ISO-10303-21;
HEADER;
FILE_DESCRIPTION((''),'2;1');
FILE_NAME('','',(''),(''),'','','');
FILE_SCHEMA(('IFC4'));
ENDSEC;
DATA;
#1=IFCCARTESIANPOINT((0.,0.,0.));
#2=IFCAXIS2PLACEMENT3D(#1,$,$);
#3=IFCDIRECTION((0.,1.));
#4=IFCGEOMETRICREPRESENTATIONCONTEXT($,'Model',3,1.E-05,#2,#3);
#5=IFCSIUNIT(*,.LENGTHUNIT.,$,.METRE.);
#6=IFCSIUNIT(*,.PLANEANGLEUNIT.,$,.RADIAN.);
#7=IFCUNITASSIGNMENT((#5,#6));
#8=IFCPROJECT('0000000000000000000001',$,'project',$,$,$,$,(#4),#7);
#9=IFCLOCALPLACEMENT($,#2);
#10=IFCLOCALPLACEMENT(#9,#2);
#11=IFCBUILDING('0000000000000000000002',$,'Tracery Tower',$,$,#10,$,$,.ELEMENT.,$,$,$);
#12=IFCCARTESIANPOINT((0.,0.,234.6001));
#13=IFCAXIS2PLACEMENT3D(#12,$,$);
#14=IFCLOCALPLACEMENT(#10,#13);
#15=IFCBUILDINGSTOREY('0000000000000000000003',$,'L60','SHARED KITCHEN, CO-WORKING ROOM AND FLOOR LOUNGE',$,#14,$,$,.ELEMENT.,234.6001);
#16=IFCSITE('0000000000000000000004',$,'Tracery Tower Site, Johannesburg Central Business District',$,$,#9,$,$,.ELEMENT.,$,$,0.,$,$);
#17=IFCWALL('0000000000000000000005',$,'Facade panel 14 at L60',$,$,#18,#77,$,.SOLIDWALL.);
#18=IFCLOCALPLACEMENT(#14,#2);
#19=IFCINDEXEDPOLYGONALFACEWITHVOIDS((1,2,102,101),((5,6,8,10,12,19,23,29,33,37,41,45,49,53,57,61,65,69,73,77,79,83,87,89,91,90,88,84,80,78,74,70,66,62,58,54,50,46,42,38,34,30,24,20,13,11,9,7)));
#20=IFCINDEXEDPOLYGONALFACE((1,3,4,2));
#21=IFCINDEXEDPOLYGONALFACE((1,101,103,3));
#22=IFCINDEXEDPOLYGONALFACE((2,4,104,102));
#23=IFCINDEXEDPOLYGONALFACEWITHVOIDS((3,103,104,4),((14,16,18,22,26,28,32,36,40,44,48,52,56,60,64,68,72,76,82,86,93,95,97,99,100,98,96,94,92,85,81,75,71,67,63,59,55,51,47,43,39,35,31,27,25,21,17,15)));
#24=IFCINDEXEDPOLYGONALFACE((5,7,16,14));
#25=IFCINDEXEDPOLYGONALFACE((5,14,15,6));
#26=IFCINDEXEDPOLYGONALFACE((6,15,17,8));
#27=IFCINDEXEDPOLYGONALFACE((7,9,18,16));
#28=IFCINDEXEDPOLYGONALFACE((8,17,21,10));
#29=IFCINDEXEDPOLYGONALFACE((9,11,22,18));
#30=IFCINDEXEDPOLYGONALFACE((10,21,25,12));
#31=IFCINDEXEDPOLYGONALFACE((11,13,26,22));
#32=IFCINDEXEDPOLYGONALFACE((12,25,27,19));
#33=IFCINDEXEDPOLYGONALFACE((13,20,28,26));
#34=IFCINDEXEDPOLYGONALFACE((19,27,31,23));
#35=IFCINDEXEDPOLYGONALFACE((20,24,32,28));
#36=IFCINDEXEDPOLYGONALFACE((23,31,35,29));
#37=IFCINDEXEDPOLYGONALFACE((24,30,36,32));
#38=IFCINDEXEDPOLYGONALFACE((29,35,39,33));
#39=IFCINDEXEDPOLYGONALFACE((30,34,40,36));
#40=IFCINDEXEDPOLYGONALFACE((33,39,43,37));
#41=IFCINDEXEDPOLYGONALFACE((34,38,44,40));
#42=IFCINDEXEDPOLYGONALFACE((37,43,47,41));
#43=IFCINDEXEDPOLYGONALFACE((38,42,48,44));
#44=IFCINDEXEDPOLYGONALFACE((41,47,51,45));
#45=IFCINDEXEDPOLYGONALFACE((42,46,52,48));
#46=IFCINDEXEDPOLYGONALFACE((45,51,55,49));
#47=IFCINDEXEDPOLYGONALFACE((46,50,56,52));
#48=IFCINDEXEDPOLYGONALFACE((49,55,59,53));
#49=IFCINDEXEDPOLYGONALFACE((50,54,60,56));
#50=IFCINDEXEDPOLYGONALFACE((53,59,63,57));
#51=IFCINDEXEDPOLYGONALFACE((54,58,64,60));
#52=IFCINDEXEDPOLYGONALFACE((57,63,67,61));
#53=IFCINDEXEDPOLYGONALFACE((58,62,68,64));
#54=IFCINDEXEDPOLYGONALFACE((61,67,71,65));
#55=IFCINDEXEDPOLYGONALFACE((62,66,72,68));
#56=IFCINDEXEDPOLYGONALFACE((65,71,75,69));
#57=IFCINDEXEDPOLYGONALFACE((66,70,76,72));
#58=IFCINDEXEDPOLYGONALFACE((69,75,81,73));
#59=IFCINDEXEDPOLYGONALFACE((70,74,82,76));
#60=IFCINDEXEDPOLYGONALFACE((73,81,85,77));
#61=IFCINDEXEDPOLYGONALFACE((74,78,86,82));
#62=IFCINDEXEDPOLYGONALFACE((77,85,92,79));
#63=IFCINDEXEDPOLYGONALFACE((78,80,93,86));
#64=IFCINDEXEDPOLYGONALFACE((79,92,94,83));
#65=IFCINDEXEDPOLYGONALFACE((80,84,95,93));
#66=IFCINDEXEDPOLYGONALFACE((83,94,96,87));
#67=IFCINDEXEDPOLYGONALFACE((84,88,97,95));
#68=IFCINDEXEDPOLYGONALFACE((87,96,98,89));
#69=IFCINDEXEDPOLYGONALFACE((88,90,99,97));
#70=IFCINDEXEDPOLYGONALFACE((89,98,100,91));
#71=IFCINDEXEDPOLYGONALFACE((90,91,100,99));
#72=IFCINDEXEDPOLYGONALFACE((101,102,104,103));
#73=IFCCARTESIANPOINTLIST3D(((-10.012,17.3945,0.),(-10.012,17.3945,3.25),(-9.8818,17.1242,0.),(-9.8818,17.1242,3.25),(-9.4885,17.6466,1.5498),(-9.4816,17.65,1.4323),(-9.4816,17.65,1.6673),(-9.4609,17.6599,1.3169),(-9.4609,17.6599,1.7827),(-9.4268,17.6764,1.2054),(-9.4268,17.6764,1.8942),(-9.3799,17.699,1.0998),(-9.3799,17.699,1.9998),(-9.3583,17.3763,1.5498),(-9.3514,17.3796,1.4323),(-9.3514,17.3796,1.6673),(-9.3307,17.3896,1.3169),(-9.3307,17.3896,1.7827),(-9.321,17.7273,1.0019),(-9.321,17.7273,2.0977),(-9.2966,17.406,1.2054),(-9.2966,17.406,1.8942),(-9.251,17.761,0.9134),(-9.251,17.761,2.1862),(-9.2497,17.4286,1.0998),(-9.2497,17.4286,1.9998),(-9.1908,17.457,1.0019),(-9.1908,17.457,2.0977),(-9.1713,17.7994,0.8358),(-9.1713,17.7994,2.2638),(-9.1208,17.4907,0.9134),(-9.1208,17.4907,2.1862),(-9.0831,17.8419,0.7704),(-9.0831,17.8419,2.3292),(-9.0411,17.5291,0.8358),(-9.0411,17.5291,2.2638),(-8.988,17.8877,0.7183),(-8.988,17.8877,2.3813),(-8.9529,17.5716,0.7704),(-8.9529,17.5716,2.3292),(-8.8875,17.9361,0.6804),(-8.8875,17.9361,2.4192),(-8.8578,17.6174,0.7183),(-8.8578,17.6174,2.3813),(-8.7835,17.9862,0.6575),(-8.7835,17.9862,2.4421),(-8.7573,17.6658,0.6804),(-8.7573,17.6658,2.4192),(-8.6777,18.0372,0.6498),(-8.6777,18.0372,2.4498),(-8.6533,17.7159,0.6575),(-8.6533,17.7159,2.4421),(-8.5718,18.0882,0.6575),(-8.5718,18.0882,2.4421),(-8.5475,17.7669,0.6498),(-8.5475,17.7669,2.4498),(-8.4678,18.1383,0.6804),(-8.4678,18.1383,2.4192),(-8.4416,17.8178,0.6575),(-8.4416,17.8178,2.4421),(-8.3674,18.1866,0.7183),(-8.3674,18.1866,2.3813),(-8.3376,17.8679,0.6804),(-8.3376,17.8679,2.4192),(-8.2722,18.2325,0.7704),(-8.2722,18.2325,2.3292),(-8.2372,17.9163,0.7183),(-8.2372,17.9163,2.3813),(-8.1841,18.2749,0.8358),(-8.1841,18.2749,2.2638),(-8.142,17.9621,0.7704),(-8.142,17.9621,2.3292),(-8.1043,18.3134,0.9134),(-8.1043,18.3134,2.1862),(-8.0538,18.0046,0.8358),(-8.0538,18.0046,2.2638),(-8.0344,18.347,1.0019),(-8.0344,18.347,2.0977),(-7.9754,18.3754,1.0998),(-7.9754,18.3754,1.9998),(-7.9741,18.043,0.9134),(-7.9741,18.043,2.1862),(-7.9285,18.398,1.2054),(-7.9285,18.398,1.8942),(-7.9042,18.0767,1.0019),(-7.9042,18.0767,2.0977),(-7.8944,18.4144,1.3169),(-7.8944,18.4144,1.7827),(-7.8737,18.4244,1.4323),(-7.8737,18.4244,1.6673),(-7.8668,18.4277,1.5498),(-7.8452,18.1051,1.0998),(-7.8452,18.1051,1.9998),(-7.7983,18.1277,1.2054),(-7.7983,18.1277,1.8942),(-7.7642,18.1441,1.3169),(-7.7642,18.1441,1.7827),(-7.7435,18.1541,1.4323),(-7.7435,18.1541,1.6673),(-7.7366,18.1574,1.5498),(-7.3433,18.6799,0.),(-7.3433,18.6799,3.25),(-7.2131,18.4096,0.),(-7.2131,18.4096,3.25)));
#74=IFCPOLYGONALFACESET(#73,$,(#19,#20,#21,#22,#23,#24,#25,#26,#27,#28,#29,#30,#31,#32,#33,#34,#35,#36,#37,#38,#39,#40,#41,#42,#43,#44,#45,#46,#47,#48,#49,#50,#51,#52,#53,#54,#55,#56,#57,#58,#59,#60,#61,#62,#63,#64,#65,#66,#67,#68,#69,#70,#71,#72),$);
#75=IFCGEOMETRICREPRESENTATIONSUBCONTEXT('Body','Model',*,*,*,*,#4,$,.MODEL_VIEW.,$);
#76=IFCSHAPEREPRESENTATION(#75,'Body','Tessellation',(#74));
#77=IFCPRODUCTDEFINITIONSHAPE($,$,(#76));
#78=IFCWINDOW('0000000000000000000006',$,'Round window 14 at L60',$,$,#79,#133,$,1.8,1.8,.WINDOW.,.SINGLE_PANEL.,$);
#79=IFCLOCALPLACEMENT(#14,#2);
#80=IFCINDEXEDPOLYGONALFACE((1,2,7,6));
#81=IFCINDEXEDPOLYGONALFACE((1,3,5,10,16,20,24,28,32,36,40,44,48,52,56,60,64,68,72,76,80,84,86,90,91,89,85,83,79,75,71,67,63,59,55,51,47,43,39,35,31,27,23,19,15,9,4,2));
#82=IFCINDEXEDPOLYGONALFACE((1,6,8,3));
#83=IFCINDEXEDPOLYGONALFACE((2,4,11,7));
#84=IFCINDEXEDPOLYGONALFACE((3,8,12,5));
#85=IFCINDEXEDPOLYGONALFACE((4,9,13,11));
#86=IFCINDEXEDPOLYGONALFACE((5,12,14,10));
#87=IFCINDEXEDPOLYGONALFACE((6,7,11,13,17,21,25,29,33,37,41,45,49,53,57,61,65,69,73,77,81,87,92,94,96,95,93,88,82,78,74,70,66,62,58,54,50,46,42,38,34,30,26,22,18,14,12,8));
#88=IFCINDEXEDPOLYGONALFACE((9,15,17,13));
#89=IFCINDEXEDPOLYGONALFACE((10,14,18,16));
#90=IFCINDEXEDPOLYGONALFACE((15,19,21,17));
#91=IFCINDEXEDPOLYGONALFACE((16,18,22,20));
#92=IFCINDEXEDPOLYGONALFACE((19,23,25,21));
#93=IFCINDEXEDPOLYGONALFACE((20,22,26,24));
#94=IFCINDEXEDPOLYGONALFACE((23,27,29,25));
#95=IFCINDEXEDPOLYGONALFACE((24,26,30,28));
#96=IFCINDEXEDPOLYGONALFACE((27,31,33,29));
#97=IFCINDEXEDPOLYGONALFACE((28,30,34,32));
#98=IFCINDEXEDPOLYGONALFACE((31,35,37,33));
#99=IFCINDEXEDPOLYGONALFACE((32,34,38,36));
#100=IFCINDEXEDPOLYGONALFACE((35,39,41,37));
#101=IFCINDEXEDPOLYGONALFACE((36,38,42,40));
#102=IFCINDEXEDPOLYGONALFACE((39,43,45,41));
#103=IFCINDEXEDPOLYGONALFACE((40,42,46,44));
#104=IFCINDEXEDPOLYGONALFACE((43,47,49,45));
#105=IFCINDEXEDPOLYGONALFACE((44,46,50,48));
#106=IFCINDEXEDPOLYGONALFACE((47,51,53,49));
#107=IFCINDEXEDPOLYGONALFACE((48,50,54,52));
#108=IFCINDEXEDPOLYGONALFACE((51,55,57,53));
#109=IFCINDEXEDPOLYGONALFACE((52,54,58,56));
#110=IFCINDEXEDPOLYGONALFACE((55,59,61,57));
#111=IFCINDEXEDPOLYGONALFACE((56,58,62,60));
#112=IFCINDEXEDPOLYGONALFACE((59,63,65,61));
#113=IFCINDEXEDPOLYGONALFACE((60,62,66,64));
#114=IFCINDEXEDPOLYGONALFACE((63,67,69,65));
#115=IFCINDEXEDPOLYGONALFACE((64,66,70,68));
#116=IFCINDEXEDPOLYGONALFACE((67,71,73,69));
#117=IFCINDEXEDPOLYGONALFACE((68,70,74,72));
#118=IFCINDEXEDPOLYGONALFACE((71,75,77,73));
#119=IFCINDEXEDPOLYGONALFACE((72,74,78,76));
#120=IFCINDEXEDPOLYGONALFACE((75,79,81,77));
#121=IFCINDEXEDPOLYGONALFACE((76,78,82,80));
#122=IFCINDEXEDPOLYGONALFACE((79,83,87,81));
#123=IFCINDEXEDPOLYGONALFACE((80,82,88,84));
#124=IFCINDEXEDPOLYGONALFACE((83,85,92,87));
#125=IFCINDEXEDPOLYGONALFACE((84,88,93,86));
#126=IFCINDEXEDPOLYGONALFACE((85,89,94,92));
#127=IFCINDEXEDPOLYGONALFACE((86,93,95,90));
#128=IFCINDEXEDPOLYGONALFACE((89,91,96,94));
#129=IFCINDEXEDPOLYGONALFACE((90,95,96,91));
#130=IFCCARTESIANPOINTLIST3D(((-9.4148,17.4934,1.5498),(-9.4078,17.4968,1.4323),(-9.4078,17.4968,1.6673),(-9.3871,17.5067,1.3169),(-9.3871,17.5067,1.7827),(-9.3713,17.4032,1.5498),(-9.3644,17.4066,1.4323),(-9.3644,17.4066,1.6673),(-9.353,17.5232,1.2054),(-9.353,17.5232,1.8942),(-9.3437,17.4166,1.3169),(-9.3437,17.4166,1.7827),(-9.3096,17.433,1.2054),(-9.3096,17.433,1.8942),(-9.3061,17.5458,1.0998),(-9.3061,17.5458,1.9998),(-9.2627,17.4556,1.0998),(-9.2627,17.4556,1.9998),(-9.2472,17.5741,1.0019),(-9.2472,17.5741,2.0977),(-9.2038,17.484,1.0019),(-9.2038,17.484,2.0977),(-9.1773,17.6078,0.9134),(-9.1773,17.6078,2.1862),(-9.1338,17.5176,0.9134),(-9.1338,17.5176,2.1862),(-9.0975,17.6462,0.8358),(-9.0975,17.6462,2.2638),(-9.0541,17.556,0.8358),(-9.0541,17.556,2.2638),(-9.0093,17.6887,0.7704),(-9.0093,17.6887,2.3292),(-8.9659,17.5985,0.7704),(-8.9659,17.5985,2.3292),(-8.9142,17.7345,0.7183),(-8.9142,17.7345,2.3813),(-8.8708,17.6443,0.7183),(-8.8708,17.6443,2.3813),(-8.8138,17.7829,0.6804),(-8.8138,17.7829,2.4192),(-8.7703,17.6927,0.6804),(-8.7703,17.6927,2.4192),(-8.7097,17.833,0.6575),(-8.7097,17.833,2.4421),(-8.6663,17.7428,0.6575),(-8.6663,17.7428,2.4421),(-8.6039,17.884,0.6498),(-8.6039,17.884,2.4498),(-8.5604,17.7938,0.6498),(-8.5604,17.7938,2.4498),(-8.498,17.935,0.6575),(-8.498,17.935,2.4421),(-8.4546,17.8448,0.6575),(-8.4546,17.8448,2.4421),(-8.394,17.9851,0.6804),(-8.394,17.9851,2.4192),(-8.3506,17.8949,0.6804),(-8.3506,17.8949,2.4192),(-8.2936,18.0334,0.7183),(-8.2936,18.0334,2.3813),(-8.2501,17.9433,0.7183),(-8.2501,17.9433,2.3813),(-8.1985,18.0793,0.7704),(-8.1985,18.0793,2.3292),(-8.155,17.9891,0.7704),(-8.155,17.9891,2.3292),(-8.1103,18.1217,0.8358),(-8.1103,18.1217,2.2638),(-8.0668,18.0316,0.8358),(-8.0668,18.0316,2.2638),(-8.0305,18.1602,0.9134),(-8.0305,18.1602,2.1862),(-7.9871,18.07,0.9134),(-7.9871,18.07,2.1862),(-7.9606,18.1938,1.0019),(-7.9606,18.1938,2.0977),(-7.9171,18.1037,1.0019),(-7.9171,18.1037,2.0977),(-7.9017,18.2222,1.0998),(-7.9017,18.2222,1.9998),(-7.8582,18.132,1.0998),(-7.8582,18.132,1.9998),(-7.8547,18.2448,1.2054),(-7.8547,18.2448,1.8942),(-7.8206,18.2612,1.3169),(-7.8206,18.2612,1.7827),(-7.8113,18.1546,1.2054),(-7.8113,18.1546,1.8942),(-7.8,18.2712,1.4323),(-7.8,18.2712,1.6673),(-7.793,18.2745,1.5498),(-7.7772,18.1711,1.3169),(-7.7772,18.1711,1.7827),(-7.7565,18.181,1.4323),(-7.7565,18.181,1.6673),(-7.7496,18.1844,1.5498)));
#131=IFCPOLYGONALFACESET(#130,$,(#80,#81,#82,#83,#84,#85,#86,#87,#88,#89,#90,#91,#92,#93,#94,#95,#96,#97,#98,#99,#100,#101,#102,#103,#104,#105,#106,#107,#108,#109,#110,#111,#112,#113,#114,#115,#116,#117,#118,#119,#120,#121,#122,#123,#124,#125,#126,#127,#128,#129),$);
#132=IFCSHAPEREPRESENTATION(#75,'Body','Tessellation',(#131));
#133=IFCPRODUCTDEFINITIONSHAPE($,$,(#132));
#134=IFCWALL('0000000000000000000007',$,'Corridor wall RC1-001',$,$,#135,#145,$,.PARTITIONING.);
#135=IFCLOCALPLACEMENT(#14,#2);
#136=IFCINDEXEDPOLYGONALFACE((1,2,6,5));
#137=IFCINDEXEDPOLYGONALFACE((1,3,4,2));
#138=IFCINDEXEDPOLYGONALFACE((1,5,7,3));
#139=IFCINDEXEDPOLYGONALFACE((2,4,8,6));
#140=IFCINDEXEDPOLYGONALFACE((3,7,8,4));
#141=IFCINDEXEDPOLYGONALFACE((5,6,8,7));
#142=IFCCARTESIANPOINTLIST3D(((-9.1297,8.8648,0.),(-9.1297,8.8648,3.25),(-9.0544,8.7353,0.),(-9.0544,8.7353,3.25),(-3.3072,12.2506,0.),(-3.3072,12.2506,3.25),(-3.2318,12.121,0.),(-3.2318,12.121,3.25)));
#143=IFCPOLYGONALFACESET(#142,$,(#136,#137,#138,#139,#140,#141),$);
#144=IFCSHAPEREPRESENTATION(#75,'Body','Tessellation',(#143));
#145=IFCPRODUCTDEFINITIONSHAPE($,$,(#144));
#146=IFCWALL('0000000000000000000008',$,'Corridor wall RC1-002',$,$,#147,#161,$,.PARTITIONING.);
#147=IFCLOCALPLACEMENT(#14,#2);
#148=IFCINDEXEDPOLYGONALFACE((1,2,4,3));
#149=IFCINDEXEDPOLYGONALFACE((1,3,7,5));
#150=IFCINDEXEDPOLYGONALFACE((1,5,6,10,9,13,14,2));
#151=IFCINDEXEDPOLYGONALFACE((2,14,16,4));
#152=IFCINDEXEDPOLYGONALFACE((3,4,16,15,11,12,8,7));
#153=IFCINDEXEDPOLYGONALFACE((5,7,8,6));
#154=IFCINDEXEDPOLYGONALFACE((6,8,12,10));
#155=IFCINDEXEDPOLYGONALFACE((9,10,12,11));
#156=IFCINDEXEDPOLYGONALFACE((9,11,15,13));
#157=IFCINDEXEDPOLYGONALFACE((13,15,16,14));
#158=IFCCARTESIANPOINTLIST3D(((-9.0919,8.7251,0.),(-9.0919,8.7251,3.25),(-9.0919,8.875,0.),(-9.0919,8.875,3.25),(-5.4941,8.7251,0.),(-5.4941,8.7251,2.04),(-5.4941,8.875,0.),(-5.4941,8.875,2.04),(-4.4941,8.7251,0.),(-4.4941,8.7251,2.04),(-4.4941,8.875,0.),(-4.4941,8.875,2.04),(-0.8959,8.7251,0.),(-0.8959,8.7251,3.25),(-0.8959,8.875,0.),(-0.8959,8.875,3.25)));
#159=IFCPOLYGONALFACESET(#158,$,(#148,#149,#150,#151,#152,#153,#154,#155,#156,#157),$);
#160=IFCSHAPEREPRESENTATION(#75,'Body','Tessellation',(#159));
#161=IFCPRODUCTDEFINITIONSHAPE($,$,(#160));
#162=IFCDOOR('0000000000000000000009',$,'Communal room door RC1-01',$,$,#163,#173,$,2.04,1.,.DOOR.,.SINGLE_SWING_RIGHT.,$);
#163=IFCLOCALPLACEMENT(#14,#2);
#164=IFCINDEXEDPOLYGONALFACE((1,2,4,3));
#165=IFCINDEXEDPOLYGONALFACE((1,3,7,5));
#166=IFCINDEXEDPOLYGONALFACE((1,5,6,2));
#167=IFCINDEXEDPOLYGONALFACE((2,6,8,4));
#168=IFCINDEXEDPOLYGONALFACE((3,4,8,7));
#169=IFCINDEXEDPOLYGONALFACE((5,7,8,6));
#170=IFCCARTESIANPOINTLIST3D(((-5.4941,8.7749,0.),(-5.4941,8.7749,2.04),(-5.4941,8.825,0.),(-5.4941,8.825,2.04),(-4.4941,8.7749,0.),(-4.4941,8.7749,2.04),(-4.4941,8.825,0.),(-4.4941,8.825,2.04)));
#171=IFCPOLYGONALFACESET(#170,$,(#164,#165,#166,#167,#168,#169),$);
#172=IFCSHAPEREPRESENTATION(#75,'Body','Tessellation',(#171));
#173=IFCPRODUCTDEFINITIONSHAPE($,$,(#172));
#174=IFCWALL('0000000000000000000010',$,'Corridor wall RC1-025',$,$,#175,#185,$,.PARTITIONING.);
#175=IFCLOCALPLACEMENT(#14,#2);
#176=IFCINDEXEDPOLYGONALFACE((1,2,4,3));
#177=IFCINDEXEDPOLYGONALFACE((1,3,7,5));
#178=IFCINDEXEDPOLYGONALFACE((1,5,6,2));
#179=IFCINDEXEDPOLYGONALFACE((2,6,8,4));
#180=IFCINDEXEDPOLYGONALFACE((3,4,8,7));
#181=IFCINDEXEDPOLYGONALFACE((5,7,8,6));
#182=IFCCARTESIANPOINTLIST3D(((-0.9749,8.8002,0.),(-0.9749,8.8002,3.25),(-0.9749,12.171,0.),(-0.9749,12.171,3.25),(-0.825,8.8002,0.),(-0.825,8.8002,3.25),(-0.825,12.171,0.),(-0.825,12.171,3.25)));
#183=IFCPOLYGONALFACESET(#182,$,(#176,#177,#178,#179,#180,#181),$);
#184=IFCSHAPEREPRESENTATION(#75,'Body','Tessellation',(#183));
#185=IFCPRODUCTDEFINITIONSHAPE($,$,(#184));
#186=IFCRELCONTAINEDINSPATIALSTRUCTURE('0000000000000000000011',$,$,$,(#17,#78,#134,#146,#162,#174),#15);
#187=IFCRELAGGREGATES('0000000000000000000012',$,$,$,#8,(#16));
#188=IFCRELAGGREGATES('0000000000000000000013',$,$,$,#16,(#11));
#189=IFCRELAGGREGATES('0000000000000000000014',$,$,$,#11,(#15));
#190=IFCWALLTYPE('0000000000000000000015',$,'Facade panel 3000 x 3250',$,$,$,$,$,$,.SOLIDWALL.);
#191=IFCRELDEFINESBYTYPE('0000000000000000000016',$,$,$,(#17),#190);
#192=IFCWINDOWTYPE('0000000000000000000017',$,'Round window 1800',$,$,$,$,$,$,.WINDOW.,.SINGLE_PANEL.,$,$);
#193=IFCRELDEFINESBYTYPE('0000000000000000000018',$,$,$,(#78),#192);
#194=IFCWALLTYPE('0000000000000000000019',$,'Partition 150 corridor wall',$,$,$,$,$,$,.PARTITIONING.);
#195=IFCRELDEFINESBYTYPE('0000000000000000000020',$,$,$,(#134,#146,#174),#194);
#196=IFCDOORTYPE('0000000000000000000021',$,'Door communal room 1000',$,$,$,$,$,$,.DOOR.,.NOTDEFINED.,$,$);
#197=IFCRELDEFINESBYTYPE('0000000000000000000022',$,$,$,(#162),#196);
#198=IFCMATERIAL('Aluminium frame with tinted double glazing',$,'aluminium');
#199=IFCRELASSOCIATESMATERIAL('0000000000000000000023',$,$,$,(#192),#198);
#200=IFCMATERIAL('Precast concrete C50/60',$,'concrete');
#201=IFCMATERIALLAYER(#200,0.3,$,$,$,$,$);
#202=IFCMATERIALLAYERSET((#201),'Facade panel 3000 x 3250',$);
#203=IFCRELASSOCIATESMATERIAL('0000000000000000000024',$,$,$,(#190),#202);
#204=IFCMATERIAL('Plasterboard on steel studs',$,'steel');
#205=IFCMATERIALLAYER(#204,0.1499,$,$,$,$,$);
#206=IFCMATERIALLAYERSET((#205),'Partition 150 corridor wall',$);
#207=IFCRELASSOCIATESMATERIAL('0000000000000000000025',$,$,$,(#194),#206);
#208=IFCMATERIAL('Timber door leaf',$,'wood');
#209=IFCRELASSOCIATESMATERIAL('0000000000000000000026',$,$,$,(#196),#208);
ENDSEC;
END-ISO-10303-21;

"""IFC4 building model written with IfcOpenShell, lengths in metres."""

from ifc_helpers import new_model, si_unit, direction, frame, frame_2d, origin, origin_2d, place, context, subcontext, project, spatial, rectangle, circle, extrude, material, layer, layer_set, type_object, element, fill, save


model = new_model("IFC4")

# Units and contexts
model_context = context("Model", 3, precision=1e-05, world=origin(), true_north=direction((0.0, 1.0)))
body_context = subcontext(model_context, "Body", "Model", "MODEL_VIEW")
ifc_project = project(units=[si_unit("LENGTHUNIT", "METRE"), si_unit("PLANEANGLEUNIT", "RADIAN")], contexts=[model_context])

# Site, building, storey
site_placement = place(None, origin())
site = spatial("IfcSite", under=ifc_project, at=site_placement, Name="Tracery Tower Site, Johannesburg Central Business District", CompositionType="ELEMENT", RefElevation=0.0)
building_placement = place(site_placement, origin())
building = spatial("IfcBuilding", under=site, at=building_placement, Name="Tracery Tower", CompositionType="ELEMENT")
storey_placement = place(building_placement, frame((0.0, 0.0, 234.6001)))
storey = spatial("IfcBuildingStorey", under=building, at=storey_placement, Name="L60", Description="SHARED KITCHEN, CO-WORKING ROOM AND FLOOR LOUNGE", CompositionType="ELEMENT", Elevation=234.6001)

# Wall, opening, window
ifc_material_1 = material(Name="Aluminium frame with tinted double glazing", Category="aluminium")
window_type = type_object("IfcWindowType", Name="Round window 1800", PartitioningType="SINGLE_PANEL", PredefinedType="WINDOW", material=ifc_material_1)
ifc_material_2 = material(Name="Precast concrete C50/60", Category="concrete")
ifc_layer_1 = layer(ifc_material_2, 0.3)
ifc_layer_set_1 = layer_set([ifc_layer_1], Name="Facade panel 3000 x 3250")
wall_type_1 = type_object("IfcWallType", Name="Facade panel 3000 x 3250", PredefinedType="SOLIDWALL", material=ifc_layer_set_1)
wall_1_placement = place(storey_placement, frame((-7.2783, 18.5447, 0.0), z_axis=(0.0, 0.0, 1.0), x_axis=(-0.90094, -0.433944, 0.0)))
wall_1 = element("IfcWall", 1, at=wall_1_placement, inside=storey, type_object=wall_type_1, Name="Facade panel 14 at L60", PredefinedType="SOLIDWALL", context=body_context, shape_type="SweptSolid", body=[
    extrude(rectangle(XDim=2.9622, YDim=0.3, at=frame_2d((1.481, 0.0))), origin(), (0.0, 0.0, 1.0), 3.25),
])
opening_1_placement = place(wall_1_placement, frame((1.481, 0.0, 1.5498)))
opening_1 = element("IfcOpeningElement", 2, at=opening_1_placement, cuts=wall_1, PredefinedType="OPENING", context=body_context, shape_type="SweptSolid", body=[
    extrude(circle(Radius=0.9, at=origin_2d()), frame((0.0, 0.1599, 0.0), z_axis=(0.0, -1.0, 0.0), x_axis=(1.0, 0.0, 0.0)), (0.0, 0.0, 1.0), 0.3201),
])
window_1_placement = place(opening_1_placement, origin())
window_1 = element("IfcWindow", 3, at=window_1_placement, inside=storey, type_object=window_type, Name="Round window 14 at L60", OverallHeight=1.8, OverallWidth=1.8, PartitioningType="SINGLE_PANEL", PredefinedType="WINDOW", context=body_context, shape_type="SweptSolid", body=[
    extrude(circle(Radius=0.9, at=origin_2d()), frame((0.0, 0.1201, 0.0), z_axis=(0.0, -1.0, 0.0), x_axis=(1.0, 0.0, 0.0)), (0.0, 0.0, 1.0), 0.1001),
])
fill(opening_1, window_1)

# Wall
ifc_material_3 = material(Name="Plasterboard on steel studs", Category="steel")
ifc_layer_2 = layer(ifc_material_3, 0.1499)
ifc_layer_set_2 = layer_set([ifc_layer_2], Name="Partition 150 corridor wall")
wall_type_2 = type_object("IfcWallType", Name="Partition 150 corridor wall", PredefinedType="PARTITIONING", material=ifc_layer_set_2)
wall_2_placement = place(storey_placement, frame((-9.092, 8.8, 0.0), z_axis=(0.0, 0.0, 1.0), x_axis=(0.864471, 0.502683, 0.0)))
element("IfcWall", 4, at=wall_2_placement, inside=storey, type_object=wall_type_2, Name="Corridor wall RC1-001", PredefinedType="PARTITIONING", context=body_context, shape_type="SweptSolid", body=[
    extrude(rectangle(XDim=6.7354, YDim=0.1499, at=frame_2d((3.3677, 0.0))), origin(), (0.0, 0.0, 1.0), 3.25),
])

# Wall, opening, door
wall_3_placement = place(storey_placement, frame((-9.092, 8.8, 0.0), z_axis=(0.0, 0.0, 1.0), x_axis=(1.0, 0.0, 0.0)))
wall_3 = element("IfcWall", 5, at=wall_3_placement, inside=storey, type_object=wall_type_2, Name="Corridor wall RC1-002", PredefinedType="PARTITIONING", context=body_context, shape_type="SweptSolid", body=[
    extrude(rectangle(XDim=8.196, YDim=0.1499, at=frame_2d((4.0981, 0.0))), origin(), (0.0, 0.0, 1.0), 3.25),
])
opening_2_placement = place(wall_3_placement, frame((3.5979, 0.0, 0.0)))
opening_2 = element("IfcOpeningElement", 6, at=opening_2_placement, cuts=wall_3, PredefinedType="OPENING", context=body_context, shape_type="SweptSolid", body=[
    extrude(rectangle(XDim=1.0, YDim=2.04, at=frame_2d((0.5, 1.02))), frame((0.0, 0.075, 0.0), z_axis=(0.0, -1.0, 0.0), x_axis=(1.0, 0.0, 0.0)), (0.0, 0.0, 1.0), 0.1499),
])
ifc_material_4 = material(Name="Timber door leaf", Category="wood")
door_type_1 = type_object("IfcDoorType", Name="Door communal room 1000", OperationType="NOTDEFINED", PredefinedType="DOOR", material=ifc_material_4)
door_1_placement = place(opening_2_placement, origin())
door_1 = element("IfcDoor", 7, at=door_1_placement, inside=storey, type_object=door_type_1, Name="Communal room door RC1-01", OperationType="SINGLE_SWING_RIGHT", OverallHeight=2.04, OverallWidth=1.0, PredefinedType="DOOR", context=body_context, shape_type="SweptSolid", body=[
    extrude(rectangle(XDim=1.0, YDim=2.04, at=frame_2d((0.5, 1.02))), frame((0.0, 0.0249, 0.0), z_axis=(0.0, -1.0, 0.0), x_axis=(1.0, 0.0, 0.0)), (0.0, 0.0, 1.0), 0.05),
])
fill(opening_2, door_1)

# Wall
wall_4_placement = place(storey_placement, frame((-0.8999, 8.8, 0.0), z_axis=(0.0, 0.0, 1.0), x_axis=(0.0, 1.0, 0.0)))
element("IfcWall", 8, at=wall_4_placement, inside=storey, type_object=wall_type_2, Name="Corridor wall RC1-025", PredefinedType="PARTITIONING", context=body_context, shape_type="SweptSolid", body=[
    extrude(rectangle(XDim=3.3708, YDim=0.1499, at=frame_2d((1.6855, 0.0))), origin(), (0.0, 0.0, 1.0), 3.25),
])

save(model, "model.ifc")
